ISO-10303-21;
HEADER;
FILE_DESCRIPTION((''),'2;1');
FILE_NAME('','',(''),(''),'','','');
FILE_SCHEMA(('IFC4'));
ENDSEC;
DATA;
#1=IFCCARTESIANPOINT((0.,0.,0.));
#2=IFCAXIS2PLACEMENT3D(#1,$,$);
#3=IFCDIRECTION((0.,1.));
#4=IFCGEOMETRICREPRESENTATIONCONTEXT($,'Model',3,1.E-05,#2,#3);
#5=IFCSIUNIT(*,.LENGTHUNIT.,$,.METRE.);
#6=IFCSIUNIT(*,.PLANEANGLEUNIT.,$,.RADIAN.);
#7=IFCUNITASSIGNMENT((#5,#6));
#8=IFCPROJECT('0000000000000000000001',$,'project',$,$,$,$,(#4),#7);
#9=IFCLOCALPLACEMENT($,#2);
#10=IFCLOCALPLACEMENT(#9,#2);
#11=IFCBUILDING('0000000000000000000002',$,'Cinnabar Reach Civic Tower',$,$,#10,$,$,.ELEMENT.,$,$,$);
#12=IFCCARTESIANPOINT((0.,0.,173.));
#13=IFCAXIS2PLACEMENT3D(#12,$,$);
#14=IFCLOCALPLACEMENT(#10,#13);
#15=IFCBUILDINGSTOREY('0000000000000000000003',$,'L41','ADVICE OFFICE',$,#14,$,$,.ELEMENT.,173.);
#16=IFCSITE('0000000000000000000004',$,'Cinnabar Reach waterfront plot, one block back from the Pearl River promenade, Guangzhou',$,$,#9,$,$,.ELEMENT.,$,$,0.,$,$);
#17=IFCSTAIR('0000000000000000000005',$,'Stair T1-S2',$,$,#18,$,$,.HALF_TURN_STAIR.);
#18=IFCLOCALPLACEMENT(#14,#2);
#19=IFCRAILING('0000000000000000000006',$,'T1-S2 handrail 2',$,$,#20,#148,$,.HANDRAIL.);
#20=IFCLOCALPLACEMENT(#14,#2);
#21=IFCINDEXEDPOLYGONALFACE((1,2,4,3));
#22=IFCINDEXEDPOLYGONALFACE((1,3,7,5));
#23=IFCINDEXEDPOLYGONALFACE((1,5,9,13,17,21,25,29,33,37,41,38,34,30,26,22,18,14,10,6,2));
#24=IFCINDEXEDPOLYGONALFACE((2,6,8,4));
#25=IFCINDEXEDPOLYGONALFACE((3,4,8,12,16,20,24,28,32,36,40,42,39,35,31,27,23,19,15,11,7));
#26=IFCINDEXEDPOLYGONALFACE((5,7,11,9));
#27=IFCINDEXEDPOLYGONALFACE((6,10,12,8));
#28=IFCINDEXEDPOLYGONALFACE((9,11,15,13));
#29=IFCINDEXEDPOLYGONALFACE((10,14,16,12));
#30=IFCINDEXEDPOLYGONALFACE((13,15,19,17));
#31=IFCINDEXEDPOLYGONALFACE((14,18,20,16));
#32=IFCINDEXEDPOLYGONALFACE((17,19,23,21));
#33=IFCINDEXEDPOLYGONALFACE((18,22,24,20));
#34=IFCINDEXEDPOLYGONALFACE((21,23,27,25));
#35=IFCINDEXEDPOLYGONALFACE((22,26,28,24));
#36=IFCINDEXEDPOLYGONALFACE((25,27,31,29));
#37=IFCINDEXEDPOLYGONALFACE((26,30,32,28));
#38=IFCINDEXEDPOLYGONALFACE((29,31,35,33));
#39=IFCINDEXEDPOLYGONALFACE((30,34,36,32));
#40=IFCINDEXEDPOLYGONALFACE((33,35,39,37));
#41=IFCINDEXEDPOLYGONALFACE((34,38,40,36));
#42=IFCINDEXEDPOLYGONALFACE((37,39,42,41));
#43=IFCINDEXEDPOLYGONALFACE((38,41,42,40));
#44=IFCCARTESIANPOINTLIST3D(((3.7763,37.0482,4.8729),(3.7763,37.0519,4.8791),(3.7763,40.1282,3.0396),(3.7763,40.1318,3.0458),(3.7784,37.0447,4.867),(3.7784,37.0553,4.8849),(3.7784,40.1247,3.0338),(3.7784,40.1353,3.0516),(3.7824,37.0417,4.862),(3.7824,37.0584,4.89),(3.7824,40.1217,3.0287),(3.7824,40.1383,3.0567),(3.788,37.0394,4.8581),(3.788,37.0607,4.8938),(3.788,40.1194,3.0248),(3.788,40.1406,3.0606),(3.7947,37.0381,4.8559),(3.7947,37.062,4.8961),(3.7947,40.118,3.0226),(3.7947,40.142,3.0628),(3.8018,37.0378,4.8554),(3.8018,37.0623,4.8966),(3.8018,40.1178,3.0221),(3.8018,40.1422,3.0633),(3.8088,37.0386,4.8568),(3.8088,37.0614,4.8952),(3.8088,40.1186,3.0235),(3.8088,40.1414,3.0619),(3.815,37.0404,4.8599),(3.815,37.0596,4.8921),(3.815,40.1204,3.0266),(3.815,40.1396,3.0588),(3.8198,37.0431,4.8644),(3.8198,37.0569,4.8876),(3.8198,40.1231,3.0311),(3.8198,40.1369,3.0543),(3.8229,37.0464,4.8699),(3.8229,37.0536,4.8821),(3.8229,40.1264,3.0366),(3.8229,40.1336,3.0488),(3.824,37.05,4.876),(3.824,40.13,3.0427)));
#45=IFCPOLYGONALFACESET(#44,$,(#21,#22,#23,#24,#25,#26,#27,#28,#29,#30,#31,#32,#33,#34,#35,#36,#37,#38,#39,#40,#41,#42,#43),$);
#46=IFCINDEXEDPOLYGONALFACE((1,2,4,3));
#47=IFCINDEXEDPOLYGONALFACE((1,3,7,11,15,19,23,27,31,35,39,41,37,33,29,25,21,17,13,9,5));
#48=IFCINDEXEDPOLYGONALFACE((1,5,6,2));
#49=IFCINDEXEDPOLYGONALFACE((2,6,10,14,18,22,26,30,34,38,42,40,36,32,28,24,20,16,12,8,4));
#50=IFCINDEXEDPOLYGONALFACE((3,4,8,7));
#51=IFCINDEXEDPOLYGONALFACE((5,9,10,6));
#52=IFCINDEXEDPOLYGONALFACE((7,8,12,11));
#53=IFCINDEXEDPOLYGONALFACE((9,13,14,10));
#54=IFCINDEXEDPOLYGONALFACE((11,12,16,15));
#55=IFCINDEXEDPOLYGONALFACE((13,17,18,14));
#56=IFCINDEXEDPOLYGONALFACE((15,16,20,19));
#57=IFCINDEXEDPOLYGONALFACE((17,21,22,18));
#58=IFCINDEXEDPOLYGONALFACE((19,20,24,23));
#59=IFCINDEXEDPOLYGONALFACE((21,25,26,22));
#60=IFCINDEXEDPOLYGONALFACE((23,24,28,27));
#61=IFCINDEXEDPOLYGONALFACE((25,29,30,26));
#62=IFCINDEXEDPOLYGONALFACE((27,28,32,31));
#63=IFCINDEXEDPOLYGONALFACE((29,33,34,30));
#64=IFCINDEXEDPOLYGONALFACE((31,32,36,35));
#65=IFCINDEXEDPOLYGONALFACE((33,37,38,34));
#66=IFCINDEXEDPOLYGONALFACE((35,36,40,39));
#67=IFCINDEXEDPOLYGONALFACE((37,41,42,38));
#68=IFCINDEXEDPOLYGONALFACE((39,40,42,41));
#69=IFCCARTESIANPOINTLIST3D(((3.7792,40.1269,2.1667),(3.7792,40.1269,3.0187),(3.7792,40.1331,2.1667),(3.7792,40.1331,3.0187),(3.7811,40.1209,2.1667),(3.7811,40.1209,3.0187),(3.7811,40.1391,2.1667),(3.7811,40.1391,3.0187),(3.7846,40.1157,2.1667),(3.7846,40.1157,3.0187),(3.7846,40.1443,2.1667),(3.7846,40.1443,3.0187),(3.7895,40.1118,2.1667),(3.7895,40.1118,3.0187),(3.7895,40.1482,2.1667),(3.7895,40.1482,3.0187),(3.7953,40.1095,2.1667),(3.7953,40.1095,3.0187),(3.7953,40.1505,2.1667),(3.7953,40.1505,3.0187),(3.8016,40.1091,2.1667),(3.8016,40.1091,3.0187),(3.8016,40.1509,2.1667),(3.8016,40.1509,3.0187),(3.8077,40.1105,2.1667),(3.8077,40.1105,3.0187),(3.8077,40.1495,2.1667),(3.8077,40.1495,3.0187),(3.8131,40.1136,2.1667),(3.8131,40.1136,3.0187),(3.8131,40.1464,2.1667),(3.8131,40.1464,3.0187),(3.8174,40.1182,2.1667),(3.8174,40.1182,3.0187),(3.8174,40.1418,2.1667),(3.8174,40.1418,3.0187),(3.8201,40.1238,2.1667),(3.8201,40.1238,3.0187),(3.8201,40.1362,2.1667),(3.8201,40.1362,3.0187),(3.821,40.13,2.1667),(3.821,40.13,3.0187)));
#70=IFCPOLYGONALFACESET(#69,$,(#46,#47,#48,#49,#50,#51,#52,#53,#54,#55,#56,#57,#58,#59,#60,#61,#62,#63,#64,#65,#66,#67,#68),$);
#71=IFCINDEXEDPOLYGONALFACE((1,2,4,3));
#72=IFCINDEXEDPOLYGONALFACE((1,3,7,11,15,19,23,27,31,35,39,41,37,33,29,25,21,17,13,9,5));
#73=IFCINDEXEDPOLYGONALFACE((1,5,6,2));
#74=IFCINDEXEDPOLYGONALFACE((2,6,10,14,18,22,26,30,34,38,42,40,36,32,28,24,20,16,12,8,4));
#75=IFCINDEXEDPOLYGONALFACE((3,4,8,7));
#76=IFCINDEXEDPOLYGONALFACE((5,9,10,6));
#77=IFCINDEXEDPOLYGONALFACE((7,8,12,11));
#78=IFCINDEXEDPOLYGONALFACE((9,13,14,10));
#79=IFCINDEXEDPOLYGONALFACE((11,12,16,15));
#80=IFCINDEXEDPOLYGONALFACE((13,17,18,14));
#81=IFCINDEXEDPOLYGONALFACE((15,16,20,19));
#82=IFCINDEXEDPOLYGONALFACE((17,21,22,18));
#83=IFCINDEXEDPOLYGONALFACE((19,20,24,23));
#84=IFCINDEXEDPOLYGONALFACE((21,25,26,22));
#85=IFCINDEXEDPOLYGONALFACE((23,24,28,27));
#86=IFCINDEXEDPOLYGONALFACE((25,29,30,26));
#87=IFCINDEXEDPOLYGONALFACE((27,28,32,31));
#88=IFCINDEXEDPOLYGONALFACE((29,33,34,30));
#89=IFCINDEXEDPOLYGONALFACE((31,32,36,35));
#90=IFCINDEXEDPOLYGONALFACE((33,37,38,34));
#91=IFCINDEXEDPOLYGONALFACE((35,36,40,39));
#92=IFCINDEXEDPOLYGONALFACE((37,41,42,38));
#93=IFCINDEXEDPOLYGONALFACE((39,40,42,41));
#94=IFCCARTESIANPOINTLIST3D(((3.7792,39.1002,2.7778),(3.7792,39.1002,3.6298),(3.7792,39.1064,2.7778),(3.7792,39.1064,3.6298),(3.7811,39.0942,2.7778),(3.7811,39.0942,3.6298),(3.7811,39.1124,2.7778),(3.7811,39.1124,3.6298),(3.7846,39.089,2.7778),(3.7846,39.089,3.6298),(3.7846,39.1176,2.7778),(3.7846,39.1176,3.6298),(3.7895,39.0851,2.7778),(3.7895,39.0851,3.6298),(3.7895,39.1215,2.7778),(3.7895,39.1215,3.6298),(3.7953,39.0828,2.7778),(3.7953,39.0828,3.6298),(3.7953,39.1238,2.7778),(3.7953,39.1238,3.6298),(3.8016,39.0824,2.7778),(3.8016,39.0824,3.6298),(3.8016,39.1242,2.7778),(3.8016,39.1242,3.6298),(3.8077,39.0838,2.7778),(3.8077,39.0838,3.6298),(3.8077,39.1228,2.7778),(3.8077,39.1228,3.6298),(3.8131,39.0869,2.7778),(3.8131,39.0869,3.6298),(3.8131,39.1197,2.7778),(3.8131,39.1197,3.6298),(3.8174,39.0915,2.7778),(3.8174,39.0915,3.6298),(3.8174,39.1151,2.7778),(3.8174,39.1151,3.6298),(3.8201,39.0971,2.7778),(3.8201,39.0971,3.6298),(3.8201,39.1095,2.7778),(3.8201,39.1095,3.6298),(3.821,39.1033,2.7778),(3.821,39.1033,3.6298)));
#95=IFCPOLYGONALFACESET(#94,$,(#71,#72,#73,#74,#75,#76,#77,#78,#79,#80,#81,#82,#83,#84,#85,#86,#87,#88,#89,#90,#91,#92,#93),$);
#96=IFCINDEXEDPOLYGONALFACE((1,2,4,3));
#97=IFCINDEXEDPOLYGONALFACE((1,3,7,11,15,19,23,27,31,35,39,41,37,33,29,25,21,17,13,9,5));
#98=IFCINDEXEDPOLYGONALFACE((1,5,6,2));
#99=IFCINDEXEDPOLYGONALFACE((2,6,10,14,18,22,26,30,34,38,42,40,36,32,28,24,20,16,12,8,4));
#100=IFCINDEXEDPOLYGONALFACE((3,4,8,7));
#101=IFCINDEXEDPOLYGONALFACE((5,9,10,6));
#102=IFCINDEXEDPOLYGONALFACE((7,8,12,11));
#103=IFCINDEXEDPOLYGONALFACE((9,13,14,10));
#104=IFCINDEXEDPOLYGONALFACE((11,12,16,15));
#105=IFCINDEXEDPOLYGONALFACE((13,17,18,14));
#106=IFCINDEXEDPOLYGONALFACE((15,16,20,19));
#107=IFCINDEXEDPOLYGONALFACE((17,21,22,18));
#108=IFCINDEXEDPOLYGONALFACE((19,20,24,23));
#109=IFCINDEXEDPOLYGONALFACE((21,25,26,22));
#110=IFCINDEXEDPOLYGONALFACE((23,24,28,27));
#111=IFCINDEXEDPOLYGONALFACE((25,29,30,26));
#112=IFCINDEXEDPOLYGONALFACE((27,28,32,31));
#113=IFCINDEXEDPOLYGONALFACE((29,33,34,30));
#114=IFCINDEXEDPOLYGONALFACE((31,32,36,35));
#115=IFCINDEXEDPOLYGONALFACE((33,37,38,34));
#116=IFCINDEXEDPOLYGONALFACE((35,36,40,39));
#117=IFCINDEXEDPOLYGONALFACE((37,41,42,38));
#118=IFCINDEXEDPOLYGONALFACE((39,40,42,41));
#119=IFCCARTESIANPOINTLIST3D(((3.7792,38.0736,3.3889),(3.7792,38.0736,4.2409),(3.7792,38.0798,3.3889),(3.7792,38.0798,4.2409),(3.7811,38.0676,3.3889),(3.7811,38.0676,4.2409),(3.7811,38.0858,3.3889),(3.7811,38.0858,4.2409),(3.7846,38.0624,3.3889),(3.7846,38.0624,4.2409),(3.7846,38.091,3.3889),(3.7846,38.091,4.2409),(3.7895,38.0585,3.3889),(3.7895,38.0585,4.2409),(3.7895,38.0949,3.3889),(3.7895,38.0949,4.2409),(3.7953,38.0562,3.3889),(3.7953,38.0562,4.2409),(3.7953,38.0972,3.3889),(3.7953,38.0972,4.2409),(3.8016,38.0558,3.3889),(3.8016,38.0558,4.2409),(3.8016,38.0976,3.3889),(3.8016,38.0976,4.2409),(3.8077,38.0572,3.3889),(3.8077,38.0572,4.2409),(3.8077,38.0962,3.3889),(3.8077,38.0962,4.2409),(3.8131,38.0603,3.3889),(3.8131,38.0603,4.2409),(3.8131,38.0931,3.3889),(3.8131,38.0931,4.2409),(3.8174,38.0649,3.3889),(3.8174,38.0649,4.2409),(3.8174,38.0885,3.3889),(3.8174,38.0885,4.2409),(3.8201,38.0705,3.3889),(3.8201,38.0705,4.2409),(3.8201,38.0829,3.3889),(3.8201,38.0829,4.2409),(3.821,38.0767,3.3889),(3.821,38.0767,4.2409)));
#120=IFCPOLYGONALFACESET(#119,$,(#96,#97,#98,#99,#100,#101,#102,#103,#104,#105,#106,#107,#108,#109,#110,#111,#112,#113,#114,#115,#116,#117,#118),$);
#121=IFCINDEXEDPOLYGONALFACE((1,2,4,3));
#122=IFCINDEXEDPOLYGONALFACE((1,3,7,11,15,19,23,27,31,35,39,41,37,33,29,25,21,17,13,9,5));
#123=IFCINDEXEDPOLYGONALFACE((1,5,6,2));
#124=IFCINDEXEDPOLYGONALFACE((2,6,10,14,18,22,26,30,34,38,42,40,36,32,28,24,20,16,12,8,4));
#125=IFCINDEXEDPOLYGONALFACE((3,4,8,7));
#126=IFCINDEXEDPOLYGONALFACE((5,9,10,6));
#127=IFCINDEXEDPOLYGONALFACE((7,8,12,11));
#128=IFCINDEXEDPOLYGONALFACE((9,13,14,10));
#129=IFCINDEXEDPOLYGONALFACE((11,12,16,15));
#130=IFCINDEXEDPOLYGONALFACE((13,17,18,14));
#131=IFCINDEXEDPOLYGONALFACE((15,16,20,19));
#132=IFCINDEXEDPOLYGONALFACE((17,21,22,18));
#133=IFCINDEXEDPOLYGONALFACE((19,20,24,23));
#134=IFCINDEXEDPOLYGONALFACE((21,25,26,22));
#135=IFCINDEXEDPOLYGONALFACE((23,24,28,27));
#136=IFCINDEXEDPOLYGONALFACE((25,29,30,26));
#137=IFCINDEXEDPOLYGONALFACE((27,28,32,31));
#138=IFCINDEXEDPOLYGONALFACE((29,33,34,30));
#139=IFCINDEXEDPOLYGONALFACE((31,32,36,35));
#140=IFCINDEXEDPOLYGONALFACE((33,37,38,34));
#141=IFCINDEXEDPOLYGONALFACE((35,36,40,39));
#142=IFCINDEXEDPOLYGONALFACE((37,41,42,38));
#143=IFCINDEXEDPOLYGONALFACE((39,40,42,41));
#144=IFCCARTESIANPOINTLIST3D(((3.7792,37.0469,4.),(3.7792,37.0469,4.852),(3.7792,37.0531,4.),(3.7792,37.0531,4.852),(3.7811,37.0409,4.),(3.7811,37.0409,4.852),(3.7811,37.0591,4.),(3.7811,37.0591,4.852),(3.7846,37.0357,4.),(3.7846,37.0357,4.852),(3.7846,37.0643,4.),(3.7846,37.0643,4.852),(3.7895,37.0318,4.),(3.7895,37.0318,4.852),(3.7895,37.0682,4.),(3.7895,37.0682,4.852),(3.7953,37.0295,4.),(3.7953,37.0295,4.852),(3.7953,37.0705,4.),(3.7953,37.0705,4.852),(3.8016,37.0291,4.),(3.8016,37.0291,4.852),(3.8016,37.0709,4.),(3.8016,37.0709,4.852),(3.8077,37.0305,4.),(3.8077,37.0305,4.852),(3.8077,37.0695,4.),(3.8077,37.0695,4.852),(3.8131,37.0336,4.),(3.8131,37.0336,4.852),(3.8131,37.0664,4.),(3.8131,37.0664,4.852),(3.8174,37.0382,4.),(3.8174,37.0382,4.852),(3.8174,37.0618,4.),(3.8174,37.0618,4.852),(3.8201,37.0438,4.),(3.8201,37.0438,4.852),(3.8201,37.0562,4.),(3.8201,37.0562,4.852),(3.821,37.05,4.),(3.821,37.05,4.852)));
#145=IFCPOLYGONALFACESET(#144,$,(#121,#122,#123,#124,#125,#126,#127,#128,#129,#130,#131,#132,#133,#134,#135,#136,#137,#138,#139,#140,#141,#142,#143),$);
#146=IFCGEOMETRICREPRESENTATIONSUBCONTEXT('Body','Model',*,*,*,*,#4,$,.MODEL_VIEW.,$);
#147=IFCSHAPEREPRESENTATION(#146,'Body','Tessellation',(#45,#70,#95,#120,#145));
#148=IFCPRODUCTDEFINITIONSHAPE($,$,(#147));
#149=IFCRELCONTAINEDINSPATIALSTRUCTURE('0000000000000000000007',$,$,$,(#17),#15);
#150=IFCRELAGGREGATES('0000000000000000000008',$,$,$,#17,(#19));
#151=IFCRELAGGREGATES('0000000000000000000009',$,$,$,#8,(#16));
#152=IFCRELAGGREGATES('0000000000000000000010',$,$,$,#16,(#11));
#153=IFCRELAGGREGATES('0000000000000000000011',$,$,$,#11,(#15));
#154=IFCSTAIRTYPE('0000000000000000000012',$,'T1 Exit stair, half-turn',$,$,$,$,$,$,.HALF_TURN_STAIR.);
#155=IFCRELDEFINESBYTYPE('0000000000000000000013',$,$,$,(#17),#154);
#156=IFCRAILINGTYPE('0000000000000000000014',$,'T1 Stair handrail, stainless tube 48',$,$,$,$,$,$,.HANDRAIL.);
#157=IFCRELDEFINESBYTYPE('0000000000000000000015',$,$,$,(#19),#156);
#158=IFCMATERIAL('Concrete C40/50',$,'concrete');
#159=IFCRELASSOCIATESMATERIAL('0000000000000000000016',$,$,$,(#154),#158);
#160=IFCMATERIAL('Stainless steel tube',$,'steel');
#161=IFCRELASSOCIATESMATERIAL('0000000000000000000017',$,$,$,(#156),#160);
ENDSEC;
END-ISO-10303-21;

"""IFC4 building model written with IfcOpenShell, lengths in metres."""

from ifc_helpers import new_model, si_unit, direction, frame, origin, origin_2d, place, context, subcontext, project, spatial, circle, extrude, material, type_object, element, aggregate, save


model = new_model("IFC4")

# Units and contexts
model_context = context("Model", 3, precision=1e-05, world=origin(), true_north=direction((0.0, 1.0)))
body_context = subcontext(model_context, "Body", "Model", "MODEL_VIEW")
ifc_project = project(units=[si_unit("LENGTHUNIT", "METRE"), si_unit("PLANEANGLEUNIT", "RADIAN")], contexts=[model_context])

# Site, building, storey
site_placement = place(None, origin())
site = spatial("IfcSite", under=ifc_project, at=site_placement, Name="Cinnabar Reach waterfront plot, one block back from the Pearl River promenade, Guangzhou", CompositionType="ELEMENT", RefElevation=0.0)
building_placement = place(site_placement, origin())
building = spatial("IfcBuilding", under=site, at=building_placement, Name="Cinnabar Reach Civic Tower", CompositionType="ELEMENT")
storey_placement = place(building_placement, frame((0.0, 0.0, 173.0)))
storey = spatial("IfcBuildingStorey", under=building, at=storey_placement, Name="L41", Description="ADVICE OFFICE", CompositionType="ELEMENT", Elevation=173.0)

# Shared definitions
ifc_material_1 = material(Name="Concrete C40/50", Category="concrete")

# Stair, railing
stair_type = type_object("IfcStairType", Name="T1 Exit stair, half-turn", PredefinedType="HALF_TURN_STAIR", material=ifc_material_1)
stair_placement = place(storey_placement, origin())
stair = element("IfcStair", 1, at=stair_placement, inside=storey, type_object=stair_type, Name="Stair T1-S2", PredefinedType="HALF_TURN_STAIR")
ifc_material_2 = material(Name="Stainless steel tube", Category="steel")
railing_type = type_object("IfcRailingType", Name="T1 Stair handrail, stainless tube 48", PredefinedType="HANDRAIL", material=ifc_material_2)
railing_1_placement = place(storey_placement, frame((3.8, 40.13, 2.1667)))
railing_1 = element("IfcRailing", 2, at=railing_1_placement, type_object=railing_type, Name="T1-S2 handrail 2", PredefinedType="HANDRAIL", context=body_context, shape_type="SweptSolid", body=[
    extrude(circle(Radius=0.024, at=origin_2d()), frame((0.0, 0.0, 0.876), z_axis=(0.0, -0.859297, 0.511477), x_axis=(1.0, 0.0, 0.0)), (0.0, 0.0, 1.0), 3.5843),
    extrude(circle(Radius=0.021, at=origin_2d()), origin(), (0.0, 0.0, 1.0), 0.852),
    extrude(circle(Radius=0.021, at=origin_2d()), frame((0.0, -1.0267, 0.6111)), (0.0, 0.0, 1.0), 0.852),
    extrude(circle(Radius=0.021, at=origin_2d()), frame((0.0, -2.0533, 1.2222)), (0.0, 0.0, 1.0), 0.852),
    extrude(circle(Radius=0.021, at=origin_2d()), frame((0.0, -3.08, 1.8333)), (0.0, 0.0, 1.0), 0.852),
])
aggregate(stair, [railing_1])

save(model, "model.ifc")
